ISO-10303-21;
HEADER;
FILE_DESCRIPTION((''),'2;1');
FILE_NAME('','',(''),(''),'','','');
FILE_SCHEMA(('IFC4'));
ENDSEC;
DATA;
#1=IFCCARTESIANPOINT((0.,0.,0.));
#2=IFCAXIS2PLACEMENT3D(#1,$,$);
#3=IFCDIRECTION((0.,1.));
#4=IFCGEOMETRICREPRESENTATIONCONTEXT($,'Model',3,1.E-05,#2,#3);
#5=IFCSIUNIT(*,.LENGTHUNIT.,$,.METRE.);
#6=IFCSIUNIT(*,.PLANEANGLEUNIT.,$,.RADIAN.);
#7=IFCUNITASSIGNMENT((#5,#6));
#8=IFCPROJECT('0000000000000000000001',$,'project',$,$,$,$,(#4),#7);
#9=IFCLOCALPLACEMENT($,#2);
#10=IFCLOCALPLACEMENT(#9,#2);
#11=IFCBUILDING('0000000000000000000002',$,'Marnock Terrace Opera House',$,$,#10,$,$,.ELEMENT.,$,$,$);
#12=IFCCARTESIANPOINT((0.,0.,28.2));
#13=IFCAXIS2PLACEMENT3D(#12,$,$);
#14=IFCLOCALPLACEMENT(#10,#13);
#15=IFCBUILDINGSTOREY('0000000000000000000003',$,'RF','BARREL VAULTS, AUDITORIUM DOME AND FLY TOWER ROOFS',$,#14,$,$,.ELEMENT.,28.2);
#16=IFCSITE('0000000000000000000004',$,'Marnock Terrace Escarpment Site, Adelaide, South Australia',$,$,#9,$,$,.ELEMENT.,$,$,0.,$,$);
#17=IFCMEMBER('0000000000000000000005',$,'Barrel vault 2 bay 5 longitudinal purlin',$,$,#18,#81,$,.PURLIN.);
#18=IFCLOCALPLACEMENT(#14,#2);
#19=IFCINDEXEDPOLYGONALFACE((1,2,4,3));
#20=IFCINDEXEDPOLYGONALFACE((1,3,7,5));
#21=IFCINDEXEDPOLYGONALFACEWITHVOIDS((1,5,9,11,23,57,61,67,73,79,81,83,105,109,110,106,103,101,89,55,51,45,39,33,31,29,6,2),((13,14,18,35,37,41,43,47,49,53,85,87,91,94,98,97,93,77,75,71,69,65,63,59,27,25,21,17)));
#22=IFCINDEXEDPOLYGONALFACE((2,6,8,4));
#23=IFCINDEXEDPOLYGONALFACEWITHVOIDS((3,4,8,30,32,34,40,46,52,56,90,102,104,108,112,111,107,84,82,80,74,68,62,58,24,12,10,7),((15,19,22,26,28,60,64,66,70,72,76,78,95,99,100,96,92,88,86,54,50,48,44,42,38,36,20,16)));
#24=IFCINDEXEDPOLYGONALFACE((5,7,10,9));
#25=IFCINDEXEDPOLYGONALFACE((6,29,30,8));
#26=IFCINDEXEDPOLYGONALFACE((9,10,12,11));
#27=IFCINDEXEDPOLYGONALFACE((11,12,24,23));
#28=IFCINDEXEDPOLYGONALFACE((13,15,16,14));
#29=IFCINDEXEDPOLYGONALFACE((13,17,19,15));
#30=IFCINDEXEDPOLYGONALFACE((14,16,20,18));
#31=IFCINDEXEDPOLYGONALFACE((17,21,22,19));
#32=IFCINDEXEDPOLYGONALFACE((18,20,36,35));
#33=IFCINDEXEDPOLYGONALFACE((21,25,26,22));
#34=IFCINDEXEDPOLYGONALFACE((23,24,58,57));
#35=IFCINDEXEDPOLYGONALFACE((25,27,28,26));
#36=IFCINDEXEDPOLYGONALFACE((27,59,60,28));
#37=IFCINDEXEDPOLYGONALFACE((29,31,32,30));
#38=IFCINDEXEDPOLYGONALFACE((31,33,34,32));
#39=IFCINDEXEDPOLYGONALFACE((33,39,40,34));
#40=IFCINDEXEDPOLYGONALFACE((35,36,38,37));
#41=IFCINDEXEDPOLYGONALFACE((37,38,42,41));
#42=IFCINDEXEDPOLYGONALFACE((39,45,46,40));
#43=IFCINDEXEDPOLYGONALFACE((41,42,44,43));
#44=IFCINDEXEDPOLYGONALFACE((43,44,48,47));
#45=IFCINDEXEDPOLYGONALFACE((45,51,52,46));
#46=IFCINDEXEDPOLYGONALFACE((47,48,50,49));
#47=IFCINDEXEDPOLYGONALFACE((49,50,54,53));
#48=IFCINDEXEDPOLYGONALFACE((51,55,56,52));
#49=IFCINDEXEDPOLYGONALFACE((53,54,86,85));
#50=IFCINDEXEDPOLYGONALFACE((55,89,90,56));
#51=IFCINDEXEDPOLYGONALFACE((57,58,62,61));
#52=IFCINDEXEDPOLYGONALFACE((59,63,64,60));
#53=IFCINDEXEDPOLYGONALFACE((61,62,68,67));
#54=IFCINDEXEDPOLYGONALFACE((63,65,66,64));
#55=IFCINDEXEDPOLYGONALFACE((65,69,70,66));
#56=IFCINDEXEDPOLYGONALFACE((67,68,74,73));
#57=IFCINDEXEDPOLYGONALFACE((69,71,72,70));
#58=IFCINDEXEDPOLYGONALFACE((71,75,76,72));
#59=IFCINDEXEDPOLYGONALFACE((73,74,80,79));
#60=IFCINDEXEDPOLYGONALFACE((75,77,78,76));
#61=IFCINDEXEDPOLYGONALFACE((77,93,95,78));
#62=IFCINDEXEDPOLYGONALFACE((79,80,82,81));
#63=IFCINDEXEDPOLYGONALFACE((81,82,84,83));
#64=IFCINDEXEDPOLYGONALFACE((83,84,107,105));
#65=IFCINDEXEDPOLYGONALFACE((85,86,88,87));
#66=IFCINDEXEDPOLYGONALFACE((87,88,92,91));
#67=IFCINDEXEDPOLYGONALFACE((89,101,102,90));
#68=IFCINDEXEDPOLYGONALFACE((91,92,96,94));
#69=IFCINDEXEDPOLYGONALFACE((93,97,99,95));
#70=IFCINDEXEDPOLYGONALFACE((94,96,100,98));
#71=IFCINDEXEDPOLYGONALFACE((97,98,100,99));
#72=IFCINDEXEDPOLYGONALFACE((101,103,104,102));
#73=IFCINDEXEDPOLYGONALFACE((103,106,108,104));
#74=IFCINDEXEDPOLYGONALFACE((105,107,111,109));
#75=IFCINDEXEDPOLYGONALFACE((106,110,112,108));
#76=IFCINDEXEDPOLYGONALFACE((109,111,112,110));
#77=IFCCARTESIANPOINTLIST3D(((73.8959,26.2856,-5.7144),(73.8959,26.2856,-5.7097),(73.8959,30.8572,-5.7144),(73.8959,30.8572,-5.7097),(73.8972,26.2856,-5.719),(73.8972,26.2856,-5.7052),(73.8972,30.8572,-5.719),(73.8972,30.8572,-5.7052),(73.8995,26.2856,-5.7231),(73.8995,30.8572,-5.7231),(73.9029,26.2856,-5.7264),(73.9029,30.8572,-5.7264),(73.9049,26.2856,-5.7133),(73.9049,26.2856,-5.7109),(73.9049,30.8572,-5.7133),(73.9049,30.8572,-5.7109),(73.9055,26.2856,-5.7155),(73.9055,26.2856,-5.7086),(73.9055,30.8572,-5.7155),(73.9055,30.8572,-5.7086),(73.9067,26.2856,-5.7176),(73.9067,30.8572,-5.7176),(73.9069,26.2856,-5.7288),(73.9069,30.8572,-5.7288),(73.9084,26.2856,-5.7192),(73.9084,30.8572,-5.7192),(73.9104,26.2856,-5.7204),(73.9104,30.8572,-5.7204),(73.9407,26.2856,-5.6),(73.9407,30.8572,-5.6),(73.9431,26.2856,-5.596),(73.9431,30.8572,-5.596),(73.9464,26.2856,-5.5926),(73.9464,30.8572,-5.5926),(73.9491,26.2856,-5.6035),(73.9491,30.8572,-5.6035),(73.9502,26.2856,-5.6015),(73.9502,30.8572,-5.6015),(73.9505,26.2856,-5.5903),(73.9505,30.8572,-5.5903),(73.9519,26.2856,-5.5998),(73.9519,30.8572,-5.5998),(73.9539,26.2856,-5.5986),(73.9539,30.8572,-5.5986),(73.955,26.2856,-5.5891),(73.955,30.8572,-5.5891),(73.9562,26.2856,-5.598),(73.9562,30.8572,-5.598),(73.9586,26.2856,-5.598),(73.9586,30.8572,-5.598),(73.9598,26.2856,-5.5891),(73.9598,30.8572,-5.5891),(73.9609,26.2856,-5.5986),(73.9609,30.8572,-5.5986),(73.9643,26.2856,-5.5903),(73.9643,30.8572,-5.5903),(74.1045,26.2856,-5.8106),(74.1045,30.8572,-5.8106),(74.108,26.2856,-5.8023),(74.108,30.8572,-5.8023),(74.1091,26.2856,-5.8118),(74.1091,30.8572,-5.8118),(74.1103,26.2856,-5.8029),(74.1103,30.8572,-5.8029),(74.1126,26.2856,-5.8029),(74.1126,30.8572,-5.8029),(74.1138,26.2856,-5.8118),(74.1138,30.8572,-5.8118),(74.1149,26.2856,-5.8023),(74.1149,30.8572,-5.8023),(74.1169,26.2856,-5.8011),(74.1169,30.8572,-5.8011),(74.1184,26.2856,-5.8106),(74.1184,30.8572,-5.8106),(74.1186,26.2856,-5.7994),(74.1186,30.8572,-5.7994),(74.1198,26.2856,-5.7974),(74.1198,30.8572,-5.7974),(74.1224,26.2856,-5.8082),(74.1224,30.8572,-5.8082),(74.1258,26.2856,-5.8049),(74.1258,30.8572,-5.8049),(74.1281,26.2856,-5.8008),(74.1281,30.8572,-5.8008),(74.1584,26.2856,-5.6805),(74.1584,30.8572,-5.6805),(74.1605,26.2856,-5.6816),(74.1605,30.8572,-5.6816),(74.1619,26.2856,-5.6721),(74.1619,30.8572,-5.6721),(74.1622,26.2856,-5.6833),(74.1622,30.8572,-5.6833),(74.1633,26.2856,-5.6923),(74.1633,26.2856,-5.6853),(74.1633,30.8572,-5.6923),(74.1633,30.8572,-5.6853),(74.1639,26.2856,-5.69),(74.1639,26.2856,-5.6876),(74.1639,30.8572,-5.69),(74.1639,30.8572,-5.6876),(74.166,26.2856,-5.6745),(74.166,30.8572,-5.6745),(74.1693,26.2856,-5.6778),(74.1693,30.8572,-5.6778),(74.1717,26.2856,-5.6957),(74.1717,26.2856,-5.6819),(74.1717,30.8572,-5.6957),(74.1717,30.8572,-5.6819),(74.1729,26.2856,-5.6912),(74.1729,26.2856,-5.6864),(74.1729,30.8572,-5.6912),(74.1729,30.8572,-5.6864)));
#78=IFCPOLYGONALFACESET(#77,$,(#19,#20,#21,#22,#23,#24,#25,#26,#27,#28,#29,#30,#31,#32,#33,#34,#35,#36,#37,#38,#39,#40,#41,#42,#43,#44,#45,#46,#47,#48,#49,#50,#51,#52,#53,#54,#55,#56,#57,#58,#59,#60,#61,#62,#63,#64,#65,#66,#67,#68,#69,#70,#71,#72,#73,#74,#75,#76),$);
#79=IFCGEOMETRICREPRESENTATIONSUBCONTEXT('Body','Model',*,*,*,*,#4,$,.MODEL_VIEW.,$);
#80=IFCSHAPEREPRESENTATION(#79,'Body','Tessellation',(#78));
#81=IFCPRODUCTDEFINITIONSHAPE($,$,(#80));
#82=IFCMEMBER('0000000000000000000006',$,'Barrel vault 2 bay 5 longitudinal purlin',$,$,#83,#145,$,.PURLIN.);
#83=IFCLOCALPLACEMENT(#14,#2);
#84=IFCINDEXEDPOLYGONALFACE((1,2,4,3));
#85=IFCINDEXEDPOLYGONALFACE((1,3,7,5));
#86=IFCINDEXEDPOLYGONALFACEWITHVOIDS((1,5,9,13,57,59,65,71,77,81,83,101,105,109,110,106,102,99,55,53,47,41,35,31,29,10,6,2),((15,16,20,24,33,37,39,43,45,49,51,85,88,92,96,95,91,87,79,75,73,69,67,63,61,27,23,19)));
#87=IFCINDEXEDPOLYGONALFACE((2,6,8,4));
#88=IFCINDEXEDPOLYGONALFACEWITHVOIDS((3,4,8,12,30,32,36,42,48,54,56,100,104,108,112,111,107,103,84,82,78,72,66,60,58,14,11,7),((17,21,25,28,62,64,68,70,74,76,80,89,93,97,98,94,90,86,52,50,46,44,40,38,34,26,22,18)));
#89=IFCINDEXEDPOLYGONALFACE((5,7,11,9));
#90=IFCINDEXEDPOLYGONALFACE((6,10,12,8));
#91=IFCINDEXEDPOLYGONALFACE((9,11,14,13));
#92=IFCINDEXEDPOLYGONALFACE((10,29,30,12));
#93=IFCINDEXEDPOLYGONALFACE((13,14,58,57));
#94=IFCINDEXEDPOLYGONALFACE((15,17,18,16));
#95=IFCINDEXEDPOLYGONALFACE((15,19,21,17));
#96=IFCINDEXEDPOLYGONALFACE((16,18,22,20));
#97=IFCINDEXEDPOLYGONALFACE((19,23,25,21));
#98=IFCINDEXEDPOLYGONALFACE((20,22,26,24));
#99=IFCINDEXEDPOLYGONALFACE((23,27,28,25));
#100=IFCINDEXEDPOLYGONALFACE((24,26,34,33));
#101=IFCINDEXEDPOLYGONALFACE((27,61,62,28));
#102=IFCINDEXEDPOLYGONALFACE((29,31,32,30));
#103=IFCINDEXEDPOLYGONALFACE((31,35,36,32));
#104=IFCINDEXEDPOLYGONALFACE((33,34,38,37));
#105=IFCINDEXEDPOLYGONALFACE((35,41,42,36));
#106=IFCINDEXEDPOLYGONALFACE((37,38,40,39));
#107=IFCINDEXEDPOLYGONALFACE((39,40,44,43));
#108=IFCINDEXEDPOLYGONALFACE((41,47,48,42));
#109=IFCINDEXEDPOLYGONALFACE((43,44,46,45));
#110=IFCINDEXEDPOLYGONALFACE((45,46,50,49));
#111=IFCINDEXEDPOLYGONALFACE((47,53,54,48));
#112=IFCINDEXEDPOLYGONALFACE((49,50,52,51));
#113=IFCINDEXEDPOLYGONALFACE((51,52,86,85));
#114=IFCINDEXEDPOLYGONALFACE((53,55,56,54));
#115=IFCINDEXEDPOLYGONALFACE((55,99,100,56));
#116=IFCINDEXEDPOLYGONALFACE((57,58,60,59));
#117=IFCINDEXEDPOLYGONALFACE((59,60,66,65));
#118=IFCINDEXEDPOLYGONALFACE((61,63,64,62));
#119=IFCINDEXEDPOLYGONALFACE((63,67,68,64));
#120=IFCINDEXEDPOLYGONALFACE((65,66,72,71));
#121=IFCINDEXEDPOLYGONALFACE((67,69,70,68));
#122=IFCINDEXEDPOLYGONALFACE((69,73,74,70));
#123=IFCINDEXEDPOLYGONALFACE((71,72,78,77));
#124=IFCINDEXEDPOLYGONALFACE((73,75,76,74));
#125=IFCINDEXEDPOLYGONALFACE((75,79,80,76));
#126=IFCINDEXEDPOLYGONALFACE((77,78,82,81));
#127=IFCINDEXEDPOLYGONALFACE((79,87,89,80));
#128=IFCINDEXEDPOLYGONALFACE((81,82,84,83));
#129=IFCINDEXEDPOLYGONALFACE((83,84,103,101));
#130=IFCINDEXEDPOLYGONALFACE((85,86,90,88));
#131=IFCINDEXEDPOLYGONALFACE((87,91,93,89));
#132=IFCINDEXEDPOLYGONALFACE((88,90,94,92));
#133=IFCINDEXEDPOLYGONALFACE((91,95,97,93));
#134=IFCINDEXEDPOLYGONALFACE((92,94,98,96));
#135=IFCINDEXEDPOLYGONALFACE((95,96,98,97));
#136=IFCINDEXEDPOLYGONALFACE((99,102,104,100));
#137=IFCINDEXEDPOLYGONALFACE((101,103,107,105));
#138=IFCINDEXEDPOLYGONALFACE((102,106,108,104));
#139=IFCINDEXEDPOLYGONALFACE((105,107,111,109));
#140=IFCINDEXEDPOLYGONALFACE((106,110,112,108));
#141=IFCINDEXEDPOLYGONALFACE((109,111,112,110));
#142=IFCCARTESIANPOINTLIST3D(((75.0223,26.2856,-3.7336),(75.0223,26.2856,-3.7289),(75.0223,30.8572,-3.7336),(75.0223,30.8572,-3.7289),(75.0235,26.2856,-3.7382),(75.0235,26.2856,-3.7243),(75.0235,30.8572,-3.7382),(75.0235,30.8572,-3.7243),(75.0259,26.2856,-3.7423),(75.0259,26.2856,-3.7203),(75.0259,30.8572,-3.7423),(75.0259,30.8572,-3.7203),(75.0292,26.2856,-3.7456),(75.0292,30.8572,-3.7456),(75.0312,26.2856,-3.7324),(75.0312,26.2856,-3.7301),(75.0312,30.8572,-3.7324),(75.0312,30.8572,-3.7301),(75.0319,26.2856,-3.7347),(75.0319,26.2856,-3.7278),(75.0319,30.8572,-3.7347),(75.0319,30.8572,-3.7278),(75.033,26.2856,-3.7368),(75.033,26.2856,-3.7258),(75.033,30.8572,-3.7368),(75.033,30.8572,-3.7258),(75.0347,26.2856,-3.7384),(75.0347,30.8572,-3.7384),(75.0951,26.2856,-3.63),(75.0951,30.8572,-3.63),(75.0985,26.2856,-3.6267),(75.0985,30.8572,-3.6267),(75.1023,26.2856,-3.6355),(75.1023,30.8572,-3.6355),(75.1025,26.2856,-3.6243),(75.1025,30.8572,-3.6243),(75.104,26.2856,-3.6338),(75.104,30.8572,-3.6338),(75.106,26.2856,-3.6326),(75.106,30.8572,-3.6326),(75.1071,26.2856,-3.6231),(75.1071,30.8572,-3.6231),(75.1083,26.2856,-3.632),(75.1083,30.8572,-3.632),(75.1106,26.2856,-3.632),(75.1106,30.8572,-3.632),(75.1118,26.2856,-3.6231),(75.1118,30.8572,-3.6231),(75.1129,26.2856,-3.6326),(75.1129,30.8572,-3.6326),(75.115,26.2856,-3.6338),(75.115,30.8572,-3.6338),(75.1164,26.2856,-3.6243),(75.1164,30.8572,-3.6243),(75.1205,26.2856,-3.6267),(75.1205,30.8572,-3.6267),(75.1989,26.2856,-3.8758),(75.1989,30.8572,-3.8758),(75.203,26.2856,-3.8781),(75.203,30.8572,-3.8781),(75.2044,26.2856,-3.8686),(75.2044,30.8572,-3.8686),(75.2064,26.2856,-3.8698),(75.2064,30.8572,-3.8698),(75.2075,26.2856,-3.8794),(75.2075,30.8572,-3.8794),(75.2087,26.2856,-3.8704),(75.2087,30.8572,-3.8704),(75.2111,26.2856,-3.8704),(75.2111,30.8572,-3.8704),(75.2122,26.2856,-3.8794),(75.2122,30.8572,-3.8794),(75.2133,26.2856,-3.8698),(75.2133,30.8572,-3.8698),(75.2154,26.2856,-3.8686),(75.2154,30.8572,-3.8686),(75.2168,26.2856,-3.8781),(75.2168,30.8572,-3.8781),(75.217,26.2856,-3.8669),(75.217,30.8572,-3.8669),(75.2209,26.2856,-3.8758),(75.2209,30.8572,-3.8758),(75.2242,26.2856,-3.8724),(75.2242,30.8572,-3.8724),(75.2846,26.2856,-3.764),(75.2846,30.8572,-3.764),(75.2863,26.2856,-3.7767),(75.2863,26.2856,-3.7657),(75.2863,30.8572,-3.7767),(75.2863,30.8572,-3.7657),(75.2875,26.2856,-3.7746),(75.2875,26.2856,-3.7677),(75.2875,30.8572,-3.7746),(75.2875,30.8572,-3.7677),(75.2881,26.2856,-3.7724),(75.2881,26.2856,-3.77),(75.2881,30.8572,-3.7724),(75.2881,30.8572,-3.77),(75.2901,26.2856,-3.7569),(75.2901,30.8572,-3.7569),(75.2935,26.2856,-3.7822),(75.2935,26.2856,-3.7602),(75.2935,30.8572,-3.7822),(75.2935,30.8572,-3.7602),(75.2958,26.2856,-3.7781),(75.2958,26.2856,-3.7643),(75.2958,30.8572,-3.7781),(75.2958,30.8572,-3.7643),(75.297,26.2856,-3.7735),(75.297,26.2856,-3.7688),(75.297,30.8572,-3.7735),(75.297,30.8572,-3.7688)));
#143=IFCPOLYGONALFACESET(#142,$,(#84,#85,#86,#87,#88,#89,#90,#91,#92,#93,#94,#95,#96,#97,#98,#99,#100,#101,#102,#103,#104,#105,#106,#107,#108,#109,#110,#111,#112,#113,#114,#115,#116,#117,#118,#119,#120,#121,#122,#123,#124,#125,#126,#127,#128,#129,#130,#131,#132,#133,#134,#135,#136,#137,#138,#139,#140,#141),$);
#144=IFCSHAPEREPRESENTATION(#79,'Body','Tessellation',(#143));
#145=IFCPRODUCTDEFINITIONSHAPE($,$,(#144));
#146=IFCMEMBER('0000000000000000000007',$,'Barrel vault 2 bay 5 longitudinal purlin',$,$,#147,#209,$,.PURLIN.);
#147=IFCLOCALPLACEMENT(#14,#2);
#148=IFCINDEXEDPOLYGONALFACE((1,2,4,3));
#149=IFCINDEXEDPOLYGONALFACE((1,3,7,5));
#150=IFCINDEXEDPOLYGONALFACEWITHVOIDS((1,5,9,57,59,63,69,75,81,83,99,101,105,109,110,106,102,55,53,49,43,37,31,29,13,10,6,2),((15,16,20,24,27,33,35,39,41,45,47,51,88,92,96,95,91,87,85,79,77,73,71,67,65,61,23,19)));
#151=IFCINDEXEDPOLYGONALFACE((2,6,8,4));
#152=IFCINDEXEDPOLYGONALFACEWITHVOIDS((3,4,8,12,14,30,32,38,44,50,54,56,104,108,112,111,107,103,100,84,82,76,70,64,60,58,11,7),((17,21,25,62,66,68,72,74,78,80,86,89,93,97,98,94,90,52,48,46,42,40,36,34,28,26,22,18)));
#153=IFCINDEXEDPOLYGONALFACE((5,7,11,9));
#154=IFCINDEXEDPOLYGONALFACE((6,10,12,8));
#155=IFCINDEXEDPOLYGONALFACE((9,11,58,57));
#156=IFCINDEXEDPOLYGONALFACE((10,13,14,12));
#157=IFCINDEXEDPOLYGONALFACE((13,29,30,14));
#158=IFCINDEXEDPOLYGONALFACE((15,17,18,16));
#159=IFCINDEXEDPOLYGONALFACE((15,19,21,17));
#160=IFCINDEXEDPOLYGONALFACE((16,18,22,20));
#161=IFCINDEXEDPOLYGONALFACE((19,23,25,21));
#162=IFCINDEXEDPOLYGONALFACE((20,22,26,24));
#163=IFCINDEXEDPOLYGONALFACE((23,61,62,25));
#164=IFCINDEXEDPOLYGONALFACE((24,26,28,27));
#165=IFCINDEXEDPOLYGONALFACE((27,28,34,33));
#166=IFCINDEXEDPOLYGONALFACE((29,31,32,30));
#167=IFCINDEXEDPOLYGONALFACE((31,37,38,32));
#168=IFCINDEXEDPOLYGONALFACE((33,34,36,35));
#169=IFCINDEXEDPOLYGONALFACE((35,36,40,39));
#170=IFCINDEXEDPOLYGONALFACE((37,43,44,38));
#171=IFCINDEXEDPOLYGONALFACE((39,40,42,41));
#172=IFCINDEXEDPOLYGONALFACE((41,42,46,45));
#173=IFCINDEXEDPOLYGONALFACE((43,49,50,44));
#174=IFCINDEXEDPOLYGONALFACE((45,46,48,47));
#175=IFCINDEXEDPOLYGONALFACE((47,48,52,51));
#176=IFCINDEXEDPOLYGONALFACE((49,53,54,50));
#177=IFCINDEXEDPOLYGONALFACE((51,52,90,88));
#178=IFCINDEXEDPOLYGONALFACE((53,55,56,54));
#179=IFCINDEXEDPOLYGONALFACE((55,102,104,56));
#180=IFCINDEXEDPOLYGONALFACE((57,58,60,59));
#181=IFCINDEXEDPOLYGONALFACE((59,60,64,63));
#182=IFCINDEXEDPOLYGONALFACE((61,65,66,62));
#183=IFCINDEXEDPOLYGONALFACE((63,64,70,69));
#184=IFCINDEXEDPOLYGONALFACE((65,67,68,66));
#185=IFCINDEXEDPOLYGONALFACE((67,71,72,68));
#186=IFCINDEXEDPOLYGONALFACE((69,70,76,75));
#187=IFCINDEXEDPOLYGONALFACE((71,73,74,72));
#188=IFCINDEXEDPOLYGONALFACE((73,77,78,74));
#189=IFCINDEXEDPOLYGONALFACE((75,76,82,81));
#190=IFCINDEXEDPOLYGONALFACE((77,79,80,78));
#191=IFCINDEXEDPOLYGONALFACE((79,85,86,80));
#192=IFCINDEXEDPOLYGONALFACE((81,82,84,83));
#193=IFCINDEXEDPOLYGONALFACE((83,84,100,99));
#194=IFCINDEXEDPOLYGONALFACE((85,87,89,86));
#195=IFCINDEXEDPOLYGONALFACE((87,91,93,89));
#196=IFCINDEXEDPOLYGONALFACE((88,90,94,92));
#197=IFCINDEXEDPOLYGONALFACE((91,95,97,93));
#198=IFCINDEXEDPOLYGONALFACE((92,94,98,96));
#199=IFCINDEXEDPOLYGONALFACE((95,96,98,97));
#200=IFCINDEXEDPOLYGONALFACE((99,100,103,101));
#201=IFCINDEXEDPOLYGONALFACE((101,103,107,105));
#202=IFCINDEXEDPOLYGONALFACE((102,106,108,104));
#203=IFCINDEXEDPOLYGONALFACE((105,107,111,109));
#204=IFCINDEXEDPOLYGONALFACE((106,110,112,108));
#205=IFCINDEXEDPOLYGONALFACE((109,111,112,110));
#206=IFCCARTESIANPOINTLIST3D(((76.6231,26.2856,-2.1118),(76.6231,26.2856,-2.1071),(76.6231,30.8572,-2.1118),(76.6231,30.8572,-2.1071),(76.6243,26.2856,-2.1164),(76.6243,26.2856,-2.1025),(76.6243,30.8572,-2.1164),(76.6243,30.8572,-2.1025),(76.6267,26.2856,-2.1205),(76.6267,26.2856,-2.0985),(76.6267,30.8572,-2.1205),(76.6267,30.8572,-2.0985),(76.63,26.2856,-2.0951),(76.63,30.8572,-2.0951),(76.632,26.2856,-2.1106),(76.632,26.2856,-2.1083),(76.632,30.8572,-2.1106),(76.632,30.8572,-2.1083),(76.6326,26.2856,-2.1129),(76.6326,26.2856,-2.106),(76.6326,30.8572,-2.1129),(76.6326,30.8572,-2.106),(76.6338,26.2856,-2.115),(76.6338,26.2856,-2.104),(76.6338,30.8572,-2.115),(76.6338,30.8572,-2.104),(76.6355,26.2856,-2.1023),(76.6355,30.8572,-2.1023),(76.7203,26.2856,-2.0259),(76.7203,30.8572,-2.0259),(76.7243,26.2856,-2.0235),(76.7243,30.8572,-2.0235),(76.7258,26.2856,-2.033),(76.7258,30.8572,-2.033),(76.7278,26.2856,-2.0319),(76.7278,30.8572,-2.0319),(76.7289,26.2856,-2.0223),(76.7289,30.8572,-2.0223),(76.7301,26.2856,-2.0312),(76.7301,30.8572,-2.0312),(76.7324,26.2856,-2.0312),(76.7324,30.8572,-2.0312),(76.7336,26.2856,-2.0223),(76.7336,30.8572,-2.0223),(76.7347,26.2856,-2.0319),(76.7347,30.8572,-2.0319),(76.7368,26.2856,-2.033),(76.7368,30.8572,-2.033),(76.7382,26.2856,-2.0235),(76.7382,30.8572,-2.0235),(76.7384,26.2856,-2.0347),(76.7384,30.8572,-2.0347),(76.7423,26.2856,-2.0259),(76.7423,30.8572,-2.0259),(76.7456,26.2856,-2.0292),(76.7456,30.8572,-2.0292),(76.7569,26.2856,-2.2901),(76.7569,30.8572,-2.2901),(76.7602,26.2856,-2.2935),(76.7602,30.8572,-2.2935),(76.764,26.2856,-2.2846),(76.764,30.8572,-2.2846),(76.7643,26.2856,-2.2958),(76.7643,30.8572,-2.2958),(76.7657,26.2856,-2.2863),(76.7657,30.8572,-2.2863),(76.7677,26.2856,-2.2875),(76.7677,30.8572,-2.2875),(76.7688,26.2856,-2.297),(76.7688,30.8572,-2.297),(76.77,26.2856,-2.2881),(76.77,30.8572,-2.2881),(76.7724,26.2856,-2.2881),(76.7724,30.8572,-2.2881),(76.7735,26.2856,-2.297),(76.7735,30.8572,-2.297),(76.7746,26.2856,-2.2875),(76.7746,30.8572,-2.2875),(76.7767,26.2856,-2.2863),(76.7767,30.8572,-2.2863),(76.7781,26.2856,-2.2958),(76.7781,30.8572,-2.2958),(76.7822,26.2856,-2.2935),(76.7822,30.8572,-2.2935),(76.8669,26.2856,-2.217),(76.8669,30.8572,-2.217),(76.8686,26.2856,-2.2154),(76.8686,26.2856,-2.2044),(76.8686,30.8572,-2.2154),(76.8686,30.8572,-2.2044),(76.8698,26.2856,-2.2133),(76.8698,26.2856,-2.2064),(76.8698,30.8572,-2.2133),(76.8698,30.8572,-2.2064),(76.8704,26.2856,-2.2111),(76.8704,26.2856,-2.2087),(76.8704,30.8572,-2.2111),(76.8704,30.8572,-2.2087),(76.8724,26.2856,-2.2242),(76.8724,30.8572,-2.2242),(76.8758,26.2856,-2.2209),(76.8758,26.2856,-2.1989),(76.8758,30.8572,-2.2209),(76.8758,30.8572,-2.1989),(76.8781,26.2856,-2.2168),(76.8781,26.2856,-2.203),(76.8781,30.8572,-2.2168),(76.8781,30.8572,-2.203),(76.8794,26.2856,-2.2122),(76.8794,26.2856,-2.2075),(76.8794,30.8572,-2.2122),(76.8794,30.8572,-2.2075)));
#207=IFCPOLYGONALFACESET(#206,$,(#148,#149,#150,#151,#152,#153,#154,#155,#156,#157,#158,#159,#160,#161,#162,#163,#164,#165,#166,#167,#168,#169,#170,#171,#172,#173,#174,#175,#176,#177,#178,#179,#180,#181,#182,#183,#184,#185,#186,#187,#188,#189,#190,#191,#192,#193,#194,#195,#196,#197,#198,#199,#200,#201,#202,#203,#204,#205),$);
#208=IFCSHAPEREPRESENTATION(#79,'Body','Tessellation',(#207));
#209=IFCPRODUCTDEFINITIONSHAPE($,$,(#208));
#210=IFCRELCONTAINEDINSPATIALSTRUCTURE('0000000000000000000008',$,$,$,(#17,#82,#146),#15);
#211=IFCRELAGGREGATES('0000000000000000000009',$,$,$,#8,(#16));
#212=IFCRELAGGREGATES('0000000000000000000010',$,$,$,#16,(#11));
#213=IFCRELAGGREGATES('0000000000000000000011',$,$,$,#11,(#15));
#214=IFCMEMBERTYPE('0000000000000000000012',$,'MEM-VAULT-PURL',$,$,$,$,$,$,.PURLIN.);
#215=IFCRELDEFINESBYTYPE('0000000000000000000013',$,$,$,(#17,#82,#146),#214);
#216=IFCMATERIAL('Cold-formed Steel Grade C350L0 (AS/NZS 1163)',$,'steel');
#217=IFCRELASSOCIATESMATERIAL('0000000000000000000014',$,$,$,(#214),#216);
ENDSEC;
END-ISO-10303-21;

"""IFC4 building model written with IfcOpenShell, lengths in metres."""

from ifc_helpers import new_model, si_unit, direction, frame, origin, origin_2d, place, context, subcontext, project, spatial, hollow_rectangle, extrude, material, material_profile, profile_set, type_object, element, save


model = new_model("IFC4")

# Units and contexts
model_context = context("Model", 3, precision=1e-05, world=origin(), true_north=direction((0.0, 1.0)))
body_context = subcontext(model_context, "Body", "Model", "MODEL_VIEW")
ifc_project = project(units=[si_unit("LENGTHUNIT", "METRE"), si_unit("PLANEANGLEUNIT", "RADIAN")], contexts=[model_context])

# Site, building, storey
site_placement = place(None, origin())
site = spatial("IfcSite", under=ifc_project, at=site_placement, Name="Marnock Terrace Escarpment Site, Adelaide, South Australia", CompositionType="ELEMENT", RefElevation=0.0)
building_placement = place(site_placement, origin())
building = spatial("IfcBuilding", under=site, at=building_placement, Name="Marnock Terrace Opera House", CompositionType="ELEMENT")
storey_placement = place(building_placement, frame((0.0, 0.0, 28.2)))
storey = spatial("IfcBuildingStorey", under=building, at=storey_placement, Name="RF", Description="BARREL VAULTS, AUDITORIUM DOME AND FLY TOWER ROOFS", CompositionType="ELEMENT", Elevation=28.2)

# Members
ifc_material = material(Name="Cold-formed Steel Grade C350L0 (AS/NZS 1163)", Category="steel")
ifc_material_profile_1 = material_profile(ifc_material, hollow_rectangle(XDim=0.1499, YDim=0.25, WallThickness=0.009, InnerFilletRadius=0.009, OuterFilletRadius=0.0181, at=origin_2d()))
ifc_profile_set_1 = profile_set([ifc_material_profile_1], Name="Cold-formed Steel Grade C350L0 (AS/NZS 1163)")
member_type_1 = type_object("IfcMemberType", Name="MEM-VAULT-PURL", PredefinedType="PURLIN", material=ifc_profile_set_1)
for number, where, z_axis, x_axis, name in (
    (1, (74.0344, 26.2856, -5.7004), (0.0, 1.0, 0.0), (-0.382683, 0.0, -0.92388), "Barrel vault 2 bay 5 longitudinal purlin"),
    (2, (75.1597, 26.2856, -3.7512), (0.0, 1.0, 0.0), (-0.608761, 0.0, -0.793353), "Barrel vault 2 bay 5 longitudinal purlin"),
    (3, (76.7512, 26.2856, -2.1597), (0.0, 1.0, 0.0), (-0.793353, 0.0, -0.608761), "Barrel vault 2 bay 5 longitudinal purlin"),
):
    element("IfcMember", number, at=place(storey_placement, frame(where, z_axis=z_axis, x_axis=x_axis)), inside=storey, type_object=member_type_1, Name=name, PredefinedType="PURLIN", context=body_context, shape_type="SweptSolid", body=[
        extrude(hollow_rectangle(XDim=0.1499, YDim=0.25, WallThickness=0.009, InnerFilletRadius=0.009, OuterFilletRadius=0.0181, at=origin_2d()), origin(), (0.0, 0.0, 1.0), 4.5715),
    ])

save(model, "model.ifc")
